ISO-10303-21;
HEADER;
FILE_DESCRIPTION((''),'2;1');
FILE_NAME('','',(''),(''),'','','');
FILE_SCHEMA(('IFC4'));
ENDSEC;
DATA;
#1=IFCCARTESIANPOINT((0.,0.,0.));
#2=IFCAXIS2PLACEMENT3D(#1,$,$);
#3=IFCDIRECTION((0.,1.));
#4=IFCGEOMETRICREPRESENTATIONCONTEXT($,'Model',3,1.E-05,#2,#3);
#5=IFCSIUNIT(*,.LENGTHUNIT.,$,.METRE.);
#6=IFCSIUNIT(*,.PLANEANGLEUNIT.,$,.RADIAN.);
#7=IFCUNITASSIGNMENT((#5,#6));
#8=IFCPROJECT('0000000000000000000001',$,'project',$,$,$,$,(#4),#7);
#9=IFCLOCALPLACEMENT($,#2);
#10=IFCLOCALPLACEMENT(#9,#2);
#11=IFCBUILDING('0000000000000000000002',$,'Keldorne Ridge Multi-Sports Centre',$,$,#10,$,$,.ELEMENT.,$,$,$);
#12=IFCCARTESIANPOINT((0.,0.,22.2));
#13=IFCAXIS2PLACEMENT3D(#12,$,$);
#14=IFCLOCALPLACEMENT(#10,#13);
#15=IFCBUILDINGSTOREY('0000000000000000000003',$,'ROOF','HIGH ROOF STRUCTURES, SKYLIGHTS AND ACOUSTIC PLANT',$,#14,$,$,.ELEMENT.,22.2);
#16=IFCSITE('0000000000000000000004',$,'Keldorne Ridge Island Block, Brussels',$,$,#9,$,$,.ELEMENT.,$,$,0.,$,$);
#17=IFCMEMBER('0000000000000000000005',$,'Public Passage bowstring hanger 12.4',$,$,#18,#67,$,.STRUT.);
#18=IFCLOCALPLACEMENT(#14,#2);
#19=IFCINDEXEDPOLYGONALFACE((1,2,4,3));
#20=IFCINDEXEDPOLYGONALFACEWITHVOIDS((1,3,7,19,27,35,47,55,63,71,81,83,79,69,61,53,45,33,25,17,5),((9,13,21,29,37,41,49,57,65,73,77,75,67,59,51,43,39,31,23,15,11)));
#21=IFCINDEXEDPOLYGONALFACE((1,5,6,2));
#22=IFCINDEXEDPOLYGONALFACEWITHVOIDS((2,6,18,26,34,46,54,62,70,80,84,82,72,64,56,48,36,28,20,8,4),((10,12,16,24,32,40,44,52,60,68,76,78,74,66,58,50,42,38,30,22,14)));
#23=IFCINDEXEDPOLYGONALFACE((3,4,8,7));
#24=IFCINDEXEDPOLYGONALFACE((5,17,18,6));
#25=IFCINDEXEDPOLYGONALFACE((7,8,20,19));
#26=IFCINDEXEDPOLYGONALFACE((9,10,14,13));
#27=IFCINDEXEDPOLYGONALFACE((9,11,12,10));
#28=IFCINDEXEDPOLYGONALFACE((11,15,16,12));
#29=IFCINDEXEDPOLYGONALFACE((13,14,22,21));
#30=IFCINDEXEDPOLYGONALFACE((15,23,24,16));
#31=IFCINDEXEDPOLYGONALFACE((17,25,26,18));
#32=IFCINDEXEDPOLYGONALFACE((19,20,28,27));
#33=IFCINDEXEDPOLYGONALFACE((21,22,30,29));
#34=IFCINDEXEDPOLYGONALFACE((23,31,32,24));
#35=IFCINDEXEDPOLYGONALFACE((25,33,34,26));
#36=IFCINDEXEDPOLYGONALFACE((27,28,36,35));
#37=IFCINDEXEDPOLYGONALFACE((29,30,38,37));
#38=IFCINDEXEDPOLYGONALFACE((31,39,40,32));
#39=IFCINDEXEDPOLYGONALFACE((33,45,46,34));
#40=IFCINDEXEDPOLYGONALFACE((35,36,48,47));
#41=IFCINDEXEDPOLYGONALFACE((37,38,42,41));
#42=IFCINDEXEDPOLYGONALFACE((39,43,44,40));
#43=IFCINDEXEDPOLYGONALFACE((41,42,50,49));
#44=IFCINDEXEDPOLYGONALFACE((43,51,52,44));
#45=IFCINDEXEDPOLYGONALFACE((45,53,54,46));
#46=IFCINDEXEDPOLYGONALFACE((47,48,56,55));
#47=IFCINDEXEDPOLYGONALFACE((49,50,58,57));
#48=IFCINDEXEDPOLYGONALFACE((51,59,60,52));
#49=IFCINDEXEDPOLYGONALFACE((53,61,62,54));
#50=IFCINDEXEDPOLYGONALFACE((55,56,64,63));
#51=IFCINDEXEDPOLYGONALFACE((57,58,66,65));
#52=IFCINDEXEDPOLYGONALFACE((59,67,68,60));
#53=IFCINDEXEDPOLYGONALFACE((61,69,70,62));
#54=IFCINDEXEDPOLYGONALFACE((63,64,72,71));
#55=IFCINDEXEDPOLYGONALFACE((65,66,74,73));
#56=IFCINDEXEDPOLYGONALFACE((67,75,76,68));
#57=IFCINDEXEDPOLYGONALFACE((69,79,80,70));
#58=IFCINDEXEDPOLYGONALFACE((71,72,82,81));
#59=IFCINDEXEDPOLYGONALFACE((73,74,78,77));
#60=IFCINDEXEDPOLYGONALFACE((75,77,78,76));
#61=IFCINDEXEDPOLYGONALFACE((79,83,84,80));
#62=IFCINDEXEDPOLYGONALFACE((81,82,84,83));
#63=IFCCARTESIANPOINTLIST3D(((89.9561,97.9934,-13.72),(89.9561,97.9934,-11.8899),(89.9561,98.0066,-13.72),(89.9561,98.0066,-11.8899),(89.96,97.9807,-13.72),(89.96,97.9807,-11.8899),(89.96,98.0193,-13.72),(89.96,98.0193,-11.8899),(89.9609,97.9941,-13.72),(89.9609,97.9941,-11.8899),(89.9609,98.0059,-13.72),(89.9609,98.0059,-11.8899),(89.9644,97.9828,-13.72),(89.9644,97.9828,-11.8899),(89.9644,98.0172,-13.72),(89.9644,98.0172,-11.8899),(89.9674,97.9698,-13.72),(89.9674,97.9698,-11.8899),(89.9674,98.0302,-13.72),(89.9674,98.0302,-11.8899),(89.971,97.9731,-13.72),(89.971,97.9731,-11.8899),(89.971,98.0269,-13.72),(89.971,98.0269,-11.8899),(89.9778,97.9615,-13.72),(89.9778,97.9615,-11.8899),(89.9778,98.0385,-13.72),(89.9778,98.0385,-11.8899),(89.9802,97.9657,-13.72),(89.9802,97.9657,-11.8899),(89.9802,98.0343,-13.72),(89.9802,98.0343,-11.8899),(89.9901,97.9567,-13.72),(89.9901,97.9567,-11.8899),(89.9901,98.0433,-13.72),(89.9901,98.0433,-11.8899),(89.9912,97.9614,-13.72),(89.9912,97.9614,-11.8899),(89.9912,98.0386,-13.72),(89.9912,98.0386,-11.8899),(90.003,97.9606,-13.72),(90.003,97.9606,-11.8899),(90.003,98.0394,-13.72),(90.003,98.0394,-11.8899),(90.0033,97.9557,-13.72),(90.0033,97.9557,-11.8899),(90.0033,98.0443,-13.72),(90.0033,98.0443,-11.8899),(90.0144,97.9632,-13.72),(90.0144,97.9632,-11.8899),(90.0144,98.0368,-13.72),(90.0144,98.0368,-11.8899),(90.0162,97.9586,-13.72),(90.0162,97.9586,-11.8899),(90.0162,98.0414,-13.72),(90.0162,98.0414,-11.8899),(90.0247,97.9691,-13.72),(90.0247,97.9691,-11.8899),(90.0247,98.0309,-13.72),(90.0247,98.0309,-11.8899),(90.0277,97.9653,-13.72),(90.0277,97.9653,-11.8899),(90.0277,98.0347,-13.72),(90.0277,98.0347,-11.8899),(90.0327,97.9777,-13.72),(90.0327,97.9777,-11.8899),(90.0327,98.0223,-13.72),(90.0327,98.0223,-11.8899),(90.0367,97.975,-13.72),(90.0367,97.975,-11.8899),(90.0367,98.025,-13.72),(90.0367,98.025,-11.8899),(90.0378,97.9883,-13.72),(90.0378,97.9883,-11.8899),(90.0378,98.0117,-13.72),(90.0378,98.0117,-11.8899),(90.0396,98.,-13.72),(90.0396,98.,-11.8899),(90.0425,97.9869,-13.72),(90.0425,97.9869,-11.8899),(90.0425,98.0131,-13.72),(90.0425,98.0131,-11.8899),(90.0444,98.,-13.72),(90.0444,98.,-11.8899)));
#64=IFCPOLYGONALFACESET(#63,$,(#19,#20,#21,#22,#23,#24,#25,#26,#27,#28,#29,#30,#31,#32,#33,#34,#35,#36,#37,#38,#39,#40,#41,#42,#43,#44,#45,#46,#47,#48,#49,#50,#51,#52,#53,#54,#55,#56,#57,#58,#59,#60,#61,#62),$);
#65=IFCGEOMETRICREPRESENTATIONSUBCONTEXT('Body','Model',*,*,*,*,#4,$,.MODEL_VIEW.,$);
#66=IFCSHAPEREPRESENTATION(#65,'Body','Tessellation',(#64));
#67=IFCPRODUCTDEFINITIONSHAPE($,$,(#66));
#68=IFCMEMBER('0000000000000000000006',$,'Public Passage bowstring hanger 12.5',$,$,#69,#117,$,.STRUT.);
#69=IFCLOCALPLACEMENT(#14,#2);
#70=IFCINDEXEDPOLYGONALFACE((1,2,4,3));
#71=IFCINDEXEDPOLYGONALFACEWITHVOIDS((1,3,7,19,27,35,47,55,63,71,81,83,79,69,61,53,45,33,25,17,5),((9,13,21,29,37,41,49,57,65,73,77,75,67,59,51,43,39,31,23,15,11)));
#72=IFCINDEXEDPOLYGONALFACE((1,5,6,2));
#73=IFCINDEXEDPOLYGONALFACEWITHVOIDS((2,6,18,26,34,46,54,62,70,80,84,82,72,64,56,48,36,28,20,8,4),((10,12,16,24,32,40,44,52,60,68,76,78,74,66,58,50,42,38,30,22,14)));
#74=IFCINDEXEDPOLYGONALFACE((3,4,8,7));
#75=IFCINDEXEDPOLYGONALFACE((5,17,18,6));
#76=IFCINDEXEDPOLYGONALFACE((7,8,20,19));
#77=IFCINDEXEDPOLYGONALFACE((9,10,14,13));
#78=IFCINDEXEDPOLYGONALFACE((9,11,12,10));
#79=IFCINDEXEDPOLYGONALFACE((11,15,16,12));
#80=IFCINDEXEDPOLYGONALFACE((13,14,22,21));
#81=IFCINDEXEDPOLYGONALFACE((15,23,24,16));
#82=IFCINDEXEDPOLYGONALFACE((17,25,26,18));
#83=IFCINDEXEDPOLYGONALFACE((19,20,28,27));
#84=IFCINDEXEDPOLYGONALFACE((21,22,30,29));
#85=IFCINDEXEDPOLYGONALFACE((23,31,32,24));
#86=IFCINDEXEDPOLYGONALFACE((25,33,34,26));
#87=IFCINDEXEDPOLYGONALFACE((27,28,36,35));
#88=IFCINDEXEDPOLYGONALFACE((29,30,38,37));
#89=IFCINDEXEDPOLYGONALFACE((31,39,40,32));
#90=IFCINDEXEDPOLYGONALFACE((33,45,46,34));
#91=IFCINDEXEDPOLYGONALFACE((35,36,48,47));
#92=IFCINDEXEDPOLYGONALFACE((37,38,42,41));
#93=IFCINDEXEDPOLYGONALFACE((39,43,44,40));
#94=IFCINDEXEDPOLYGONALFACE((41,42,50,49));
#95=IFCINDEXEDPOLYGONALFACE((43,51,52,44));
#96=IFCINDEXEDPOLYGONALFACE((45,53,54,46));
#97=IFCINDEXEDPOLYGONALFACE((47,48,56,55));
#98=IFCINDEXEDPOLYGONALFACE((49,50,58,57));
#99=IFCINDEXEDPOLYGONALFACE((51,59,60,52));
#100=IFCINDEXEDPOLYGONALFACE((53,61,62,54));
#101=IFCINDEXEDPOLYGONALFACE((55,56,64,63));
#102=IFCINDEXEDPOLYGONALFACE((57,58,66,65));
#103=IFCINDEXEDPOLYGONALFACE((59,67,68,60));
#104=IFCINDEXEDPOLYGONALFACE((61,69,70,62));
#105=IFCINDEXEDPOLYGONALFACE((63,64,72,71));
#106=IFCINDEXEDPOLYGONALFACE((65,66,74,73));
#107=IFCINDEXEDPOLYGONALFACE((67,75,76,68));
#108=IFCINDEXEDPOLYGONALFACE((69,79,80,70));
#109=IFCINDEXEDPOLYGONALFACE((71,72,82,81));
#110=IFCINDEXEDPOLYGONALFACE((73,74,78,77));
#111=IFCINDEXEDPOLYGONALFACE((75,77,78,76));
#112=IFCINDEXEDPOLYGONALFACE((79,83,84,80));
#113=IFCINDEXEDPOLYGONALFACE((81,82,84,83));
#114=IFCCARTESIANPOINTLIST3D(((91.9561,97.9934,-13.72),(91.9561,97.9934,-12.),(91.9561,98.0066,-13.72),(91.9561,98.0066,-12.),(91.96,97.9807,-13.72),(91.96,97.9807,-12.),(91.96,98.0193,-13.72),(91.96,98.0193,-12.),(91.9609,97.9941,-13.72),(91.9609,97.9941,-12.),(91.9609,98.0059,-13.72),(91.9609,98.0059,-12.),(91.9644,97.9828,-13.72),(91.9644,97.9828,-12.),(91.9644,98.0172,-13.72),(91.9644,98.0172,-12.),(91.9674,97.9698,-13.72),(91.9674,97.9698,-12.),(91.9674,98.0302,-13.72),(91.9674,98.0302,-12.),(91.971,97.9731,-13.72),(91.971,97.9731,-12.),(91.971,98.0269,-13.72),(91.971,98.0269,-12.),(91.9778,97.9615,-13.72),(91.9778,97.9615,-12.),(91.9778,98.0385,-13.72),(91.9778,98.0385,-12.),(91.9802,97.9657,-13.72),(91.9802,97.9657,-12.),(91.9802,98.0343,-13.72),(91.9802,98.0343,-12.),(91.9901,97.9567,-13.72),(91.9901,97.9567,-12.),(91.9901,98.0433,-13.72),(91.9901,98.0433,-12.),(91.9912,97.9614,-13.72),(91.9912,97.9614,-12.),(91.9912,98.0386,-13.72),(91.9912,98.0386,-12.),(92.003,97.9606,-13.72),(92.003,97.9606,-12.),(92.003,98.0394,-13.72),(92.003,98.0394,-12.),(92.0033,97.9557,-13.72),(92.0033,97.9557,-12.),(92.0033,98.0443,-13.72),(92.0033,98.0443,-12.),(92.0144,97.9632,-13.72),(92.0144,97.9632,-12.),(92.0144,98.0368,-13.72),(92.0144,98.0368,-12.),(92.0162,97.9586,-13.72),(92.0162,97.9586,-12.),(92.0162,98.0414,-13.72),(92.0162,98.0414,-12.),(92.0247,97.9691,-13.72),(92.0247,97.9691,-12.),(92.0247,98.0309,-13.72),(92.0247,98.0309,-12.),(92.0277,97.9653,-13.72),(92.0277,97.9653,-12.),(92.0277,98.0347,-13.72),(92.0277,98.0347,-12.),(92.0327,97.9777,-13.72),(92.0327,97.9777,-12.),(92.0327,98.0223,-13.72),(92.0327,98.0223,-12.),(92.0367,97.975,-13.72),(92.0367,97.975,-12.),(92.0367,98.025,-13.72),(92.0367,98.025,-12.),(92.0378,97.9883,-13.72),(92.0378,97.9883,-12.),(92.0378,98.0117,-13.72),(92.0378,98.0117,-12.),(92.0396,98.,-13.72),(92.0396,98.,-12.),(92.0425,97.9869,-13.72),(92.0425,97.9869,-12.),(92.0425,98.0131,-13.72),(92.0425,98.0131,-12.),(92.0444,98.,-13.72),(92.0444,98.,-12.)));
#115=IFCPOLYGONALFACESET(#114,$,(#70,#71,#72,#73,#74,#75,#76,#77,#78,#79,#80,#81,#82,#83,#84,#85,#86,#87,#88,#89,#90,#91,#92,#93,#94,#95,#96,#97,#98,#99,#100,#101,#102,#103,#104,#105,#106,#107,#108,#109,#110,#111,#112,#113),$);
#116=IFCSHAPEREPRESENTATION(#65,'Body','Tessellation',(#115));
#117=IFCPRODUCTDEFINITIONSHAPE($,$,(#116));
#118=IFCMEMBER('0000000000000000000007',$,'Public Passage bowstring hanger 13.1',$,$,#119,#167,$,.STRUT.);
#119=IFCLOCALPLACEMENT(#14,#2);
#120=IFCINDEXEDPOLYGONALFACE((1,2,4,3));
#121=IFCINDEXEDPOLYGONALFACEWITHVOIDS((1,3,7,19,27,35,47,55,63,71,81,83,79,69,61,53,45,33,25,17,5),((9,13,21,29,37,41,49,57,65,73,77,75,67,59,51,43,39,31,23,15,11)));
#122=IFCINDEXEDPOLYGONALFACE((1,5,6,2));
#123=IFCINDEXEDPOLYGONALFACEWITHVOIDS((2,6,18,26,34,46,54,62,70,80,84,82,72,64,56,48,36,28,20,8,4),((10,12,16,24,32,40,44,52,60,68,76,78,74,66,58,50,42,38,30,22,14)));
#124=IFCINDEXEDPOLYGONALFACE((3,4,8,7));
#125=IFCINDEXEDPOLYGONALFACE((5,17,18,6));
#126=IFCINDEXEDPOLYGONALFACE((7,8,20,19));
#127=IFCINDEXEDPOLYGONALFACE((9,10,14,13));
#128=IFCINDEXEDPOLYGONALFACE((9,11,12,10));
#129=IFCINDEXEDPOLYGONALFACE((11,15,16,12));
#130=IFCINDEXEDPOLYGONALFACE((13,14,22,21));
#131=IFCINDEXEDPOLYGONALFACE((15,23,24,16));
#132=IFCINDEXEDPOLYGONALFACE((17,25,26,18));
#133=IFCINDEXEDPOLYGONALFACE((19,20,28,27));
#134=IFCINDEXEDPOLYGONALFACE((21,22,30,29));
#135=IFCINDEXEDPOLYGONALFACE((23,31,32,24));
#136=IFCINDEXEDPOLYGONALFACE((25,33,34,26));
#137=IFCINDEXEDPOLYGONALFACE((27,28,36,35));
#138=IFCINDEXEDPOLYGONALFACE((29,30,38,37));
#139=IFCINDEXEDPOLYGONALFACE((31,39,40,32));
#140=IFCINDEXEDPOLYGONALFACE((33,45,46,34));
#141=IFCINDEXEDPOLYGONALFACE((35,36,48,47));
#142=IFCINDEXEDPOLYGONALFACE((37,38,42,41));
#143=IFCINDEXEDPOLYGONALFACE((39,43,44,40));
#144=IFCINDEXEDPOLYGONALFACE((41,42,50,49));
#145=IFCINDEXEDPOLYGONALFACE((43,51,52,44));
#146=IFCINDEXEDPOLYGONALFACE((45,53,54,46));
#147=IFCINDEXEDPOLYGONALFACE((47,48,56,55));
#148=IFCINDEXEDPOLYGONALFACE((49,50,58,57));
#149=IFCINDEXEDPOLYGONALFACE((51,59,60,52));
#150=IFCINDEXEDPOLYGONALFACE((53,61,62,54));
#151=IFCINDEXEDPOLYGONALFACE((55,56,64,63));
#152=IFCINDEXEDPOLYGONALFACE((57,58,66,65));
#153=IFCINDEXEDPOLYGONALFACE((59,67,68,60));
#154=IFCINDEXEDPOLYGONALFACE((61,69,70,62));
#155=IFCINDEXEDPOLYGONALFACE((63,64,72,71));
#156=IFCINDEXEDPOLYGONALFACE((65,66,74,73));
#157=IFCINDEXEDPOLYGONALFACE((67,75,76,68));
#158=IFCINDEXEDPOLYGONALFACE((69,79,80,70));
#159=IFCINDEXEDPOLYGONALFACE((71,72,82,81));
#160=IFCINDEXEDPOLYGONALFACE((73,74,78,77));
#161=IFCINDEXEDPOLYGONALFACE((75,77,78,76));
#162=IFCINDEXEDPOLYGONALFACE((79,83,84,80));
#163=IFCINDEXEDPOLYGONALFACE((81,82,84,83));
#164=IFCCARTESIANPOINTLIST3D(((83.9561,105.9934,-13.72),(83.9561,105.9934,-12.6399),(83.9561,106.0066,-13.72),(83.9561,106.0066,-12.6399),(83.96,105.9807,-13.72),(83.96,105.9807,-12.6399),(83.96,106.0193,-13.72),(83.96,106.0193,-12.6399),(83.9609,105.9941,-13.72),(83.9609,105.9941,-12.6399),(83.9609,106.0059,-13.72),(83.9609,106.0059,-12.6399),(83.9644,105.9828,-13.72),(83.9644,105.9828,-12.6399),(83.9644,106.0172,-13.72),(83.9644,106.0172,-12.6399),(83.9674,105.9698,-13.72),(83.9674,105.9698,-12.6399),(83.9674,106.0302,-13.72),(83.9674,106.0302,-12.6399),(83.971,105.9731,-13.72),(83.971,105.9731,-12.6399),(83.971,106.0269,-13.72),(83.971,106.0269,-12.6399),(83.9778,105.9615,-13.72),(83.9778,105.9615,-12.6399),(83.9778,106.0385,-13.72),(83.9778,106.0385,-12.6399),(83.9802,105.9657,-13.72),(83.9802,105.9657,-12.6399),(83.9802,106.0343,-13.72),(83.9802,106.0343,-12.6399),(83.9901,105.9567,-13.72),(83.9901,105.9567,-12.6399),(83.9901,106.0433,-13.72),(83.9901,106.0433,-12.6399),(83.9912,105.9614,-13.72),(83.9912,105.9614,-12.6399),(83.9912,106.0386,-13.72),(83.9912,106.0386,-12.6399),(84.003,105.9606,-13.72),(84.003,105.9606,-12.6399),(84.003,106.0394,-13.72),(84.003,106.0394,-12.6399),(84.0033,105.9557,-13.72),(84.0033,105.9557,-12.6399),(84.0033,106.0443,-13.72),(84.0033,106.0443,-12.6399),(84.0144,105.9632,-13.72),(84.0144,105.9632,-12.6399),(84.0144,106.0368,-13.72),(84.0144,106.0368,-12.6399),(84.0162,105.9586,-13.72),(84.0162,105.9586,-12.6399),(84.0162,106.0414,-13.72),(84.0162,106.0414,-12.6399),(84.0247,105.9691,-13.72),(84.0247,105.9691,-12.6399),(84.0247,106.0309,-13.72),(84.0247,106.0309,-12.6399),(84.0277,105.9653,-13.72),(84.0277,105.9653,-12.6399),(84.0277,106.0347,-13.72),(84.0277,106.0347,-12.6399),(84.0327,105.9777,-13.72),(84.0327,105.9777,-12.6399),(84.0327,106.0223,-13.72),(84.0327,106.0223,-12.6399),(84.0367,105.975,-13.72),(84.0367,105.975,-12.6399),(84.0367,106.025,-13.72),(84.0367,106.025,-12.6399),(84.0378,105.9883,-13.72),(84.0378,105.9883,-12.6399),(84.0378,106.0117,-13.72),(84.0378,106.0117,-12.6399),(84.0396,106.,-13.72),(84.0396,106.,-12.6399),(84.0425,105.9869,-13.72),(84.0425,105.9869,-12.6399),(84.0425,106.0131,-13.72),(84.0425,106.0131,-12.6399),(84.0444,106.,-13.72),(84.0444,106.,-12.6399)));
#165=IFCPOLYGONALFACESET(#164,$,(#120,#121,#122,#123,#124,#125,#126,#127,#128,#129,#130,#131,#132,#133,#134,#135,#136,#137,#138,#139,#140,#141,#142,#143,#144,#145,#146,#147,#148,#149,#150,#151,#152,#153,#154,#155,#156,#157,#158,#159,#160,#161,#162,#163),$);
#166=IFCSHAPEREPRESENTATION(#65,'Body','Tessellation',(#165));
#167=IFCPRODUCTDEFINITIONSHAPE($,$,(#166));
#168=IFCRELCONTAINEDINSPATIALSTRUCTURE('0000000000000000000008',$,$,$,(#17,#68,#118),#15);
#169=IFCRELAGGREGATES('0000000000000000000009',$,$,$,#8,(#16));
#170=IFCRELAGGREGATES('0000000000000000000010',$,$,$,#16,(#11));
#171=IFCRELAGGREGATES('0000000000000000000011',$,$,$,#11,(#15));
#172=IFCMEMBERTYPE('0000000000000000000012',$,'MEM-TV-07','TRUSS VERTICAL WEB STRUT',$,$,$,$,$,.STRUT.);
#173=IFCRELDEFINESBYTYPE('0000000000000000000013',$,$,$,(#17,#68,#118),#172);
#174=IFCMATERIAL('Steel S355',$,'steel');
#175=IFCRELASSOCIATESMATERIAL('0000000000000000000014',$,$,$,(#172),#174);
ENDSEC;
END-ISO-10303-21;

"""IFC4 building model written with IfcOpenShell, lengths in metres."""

from ifc_helpers import new_model, si_unit, direction, frame, origin, origin_2d, place, context, subcontext, project, spatial, hollow_circle, extrude, material, material_profile, profile_set, type_object, element, save


model = new_model("IFC4")

# Units and contexts
model_context = context("Model", 3, precision=1e-05, world=origin(), true_north=direction((0.0, 1.0)))
body_context = subcontext(model_context, "Body", "Model", "MODEL_VIEW")
ifc_project = project(units=[si_unit("LENGTHUNIT", "METRE"), si_unit("PLANEANGLEUNIT", "RADIAN")], contexts=[model_context])

# Site, building, storey
site_placement = place(None, origin())
site = spatial("IfcSite", under=ifc_project, at=site_placement, Name="Keldorne Ridge Island Block, Brussels", CompositionType="ELEMENT", RefElevation=0.0)
building_placement = place(site_placement, origin())
building = spatial("IfcBuilding", under=site, at=building_placement, Name="Keldorne Ridge Multi-Sports Centre", CompositionType="ELEMENT")
storey_placement = place(building_placement, frame((0.0, 0.0, 22.2)))
storey = spatial("IfcBuildingStorey", under=building, at=storey_placement, Name="ROOF", Description="HIGH ROOF STRUCTURES, SKYLIGHTS AND ACOUSTIC PLANT", CompositionType="ELEMENT", Elevation=22.2)

# Members
ifc_material = material(Name="Steel S355", Category="steel")
ifc_material_profile_1 = material_profile(ifc_material, hollow_circle(Radius=0.0444, WallThickness=0.0049, at=origin_2d()), Name="CHS 88.9x5")
ifc_profile_set_1 = profile_set([ifc_material_profile_1], Name="Steel S355")
member_type_1 = type_object("IfcMemberType", Name="MEM-TV-07", Description="TRUSS VERTICAL WEB STRUT", PredefinedType="STRUT", material=ifc_profile_set_1)
member_1_placement = place(storey_placement, frame((90.0, 98.0, -13.72), z_axis=(0.0, 0.0, 1.0), x_axis=(1.0, 0.0, 0.0)))
element("IfcMember", 1, at=member_1_placement, inside=storey, type_object=member_type_1, Name="Public Passage bowstring hanger 12.4", PredefinedType="STRUT", context=body_context, shape_type="SweptSolid", body=[
    extrude(hollow_circle(Radius=0.0444, WallThickness=0.0049, at=origin_2d()), origin(), (0.0, 0.0, 1.0), 1.8301),
])
member_2_placement = place(storey_placement, frame((92.0, 98.0, -13.72), z_axis=(0.0, 0.0, 1.0), x_axis=(1.0, 0.0, 0.0)))
element("IfcMember", 2, at=member_2_placement, inside=storey, type_object=member_type_1, Name="Public Passage bowstring hanger 12.5", PredefinedType="STRUT", context=body_context, shape_type="SweptSolid", body=[
    extrude(hollow_circle(Radius=0.0444, WallThickness=0.0049, at=origin_2d()), origin(), (0.0, 0.0, 1.0), 1.72),
])
member_3_placement = place(storey_placement, frame((84.0, 106.0, -13.72), z_axis=(0.0, 0.0, 1.0), x_axis=(1.0, 0.0, 0.0)))
element("IfcMember", 3, at=member_3_placement, inside=storey, type_object=member_type_1, Name="Public Passage bowstring hanger 13.1", PredefinedType="STRUT", context=body_context, shape_type="SweptSolid", body=[
    extrude(hollow_circle(Radius=0.0444, WallThickness=0.0049, at=origin_2d()), origin(), (0.0, 0.0, 1.0), 1.0801),
])

save(model, "model.ifc")
